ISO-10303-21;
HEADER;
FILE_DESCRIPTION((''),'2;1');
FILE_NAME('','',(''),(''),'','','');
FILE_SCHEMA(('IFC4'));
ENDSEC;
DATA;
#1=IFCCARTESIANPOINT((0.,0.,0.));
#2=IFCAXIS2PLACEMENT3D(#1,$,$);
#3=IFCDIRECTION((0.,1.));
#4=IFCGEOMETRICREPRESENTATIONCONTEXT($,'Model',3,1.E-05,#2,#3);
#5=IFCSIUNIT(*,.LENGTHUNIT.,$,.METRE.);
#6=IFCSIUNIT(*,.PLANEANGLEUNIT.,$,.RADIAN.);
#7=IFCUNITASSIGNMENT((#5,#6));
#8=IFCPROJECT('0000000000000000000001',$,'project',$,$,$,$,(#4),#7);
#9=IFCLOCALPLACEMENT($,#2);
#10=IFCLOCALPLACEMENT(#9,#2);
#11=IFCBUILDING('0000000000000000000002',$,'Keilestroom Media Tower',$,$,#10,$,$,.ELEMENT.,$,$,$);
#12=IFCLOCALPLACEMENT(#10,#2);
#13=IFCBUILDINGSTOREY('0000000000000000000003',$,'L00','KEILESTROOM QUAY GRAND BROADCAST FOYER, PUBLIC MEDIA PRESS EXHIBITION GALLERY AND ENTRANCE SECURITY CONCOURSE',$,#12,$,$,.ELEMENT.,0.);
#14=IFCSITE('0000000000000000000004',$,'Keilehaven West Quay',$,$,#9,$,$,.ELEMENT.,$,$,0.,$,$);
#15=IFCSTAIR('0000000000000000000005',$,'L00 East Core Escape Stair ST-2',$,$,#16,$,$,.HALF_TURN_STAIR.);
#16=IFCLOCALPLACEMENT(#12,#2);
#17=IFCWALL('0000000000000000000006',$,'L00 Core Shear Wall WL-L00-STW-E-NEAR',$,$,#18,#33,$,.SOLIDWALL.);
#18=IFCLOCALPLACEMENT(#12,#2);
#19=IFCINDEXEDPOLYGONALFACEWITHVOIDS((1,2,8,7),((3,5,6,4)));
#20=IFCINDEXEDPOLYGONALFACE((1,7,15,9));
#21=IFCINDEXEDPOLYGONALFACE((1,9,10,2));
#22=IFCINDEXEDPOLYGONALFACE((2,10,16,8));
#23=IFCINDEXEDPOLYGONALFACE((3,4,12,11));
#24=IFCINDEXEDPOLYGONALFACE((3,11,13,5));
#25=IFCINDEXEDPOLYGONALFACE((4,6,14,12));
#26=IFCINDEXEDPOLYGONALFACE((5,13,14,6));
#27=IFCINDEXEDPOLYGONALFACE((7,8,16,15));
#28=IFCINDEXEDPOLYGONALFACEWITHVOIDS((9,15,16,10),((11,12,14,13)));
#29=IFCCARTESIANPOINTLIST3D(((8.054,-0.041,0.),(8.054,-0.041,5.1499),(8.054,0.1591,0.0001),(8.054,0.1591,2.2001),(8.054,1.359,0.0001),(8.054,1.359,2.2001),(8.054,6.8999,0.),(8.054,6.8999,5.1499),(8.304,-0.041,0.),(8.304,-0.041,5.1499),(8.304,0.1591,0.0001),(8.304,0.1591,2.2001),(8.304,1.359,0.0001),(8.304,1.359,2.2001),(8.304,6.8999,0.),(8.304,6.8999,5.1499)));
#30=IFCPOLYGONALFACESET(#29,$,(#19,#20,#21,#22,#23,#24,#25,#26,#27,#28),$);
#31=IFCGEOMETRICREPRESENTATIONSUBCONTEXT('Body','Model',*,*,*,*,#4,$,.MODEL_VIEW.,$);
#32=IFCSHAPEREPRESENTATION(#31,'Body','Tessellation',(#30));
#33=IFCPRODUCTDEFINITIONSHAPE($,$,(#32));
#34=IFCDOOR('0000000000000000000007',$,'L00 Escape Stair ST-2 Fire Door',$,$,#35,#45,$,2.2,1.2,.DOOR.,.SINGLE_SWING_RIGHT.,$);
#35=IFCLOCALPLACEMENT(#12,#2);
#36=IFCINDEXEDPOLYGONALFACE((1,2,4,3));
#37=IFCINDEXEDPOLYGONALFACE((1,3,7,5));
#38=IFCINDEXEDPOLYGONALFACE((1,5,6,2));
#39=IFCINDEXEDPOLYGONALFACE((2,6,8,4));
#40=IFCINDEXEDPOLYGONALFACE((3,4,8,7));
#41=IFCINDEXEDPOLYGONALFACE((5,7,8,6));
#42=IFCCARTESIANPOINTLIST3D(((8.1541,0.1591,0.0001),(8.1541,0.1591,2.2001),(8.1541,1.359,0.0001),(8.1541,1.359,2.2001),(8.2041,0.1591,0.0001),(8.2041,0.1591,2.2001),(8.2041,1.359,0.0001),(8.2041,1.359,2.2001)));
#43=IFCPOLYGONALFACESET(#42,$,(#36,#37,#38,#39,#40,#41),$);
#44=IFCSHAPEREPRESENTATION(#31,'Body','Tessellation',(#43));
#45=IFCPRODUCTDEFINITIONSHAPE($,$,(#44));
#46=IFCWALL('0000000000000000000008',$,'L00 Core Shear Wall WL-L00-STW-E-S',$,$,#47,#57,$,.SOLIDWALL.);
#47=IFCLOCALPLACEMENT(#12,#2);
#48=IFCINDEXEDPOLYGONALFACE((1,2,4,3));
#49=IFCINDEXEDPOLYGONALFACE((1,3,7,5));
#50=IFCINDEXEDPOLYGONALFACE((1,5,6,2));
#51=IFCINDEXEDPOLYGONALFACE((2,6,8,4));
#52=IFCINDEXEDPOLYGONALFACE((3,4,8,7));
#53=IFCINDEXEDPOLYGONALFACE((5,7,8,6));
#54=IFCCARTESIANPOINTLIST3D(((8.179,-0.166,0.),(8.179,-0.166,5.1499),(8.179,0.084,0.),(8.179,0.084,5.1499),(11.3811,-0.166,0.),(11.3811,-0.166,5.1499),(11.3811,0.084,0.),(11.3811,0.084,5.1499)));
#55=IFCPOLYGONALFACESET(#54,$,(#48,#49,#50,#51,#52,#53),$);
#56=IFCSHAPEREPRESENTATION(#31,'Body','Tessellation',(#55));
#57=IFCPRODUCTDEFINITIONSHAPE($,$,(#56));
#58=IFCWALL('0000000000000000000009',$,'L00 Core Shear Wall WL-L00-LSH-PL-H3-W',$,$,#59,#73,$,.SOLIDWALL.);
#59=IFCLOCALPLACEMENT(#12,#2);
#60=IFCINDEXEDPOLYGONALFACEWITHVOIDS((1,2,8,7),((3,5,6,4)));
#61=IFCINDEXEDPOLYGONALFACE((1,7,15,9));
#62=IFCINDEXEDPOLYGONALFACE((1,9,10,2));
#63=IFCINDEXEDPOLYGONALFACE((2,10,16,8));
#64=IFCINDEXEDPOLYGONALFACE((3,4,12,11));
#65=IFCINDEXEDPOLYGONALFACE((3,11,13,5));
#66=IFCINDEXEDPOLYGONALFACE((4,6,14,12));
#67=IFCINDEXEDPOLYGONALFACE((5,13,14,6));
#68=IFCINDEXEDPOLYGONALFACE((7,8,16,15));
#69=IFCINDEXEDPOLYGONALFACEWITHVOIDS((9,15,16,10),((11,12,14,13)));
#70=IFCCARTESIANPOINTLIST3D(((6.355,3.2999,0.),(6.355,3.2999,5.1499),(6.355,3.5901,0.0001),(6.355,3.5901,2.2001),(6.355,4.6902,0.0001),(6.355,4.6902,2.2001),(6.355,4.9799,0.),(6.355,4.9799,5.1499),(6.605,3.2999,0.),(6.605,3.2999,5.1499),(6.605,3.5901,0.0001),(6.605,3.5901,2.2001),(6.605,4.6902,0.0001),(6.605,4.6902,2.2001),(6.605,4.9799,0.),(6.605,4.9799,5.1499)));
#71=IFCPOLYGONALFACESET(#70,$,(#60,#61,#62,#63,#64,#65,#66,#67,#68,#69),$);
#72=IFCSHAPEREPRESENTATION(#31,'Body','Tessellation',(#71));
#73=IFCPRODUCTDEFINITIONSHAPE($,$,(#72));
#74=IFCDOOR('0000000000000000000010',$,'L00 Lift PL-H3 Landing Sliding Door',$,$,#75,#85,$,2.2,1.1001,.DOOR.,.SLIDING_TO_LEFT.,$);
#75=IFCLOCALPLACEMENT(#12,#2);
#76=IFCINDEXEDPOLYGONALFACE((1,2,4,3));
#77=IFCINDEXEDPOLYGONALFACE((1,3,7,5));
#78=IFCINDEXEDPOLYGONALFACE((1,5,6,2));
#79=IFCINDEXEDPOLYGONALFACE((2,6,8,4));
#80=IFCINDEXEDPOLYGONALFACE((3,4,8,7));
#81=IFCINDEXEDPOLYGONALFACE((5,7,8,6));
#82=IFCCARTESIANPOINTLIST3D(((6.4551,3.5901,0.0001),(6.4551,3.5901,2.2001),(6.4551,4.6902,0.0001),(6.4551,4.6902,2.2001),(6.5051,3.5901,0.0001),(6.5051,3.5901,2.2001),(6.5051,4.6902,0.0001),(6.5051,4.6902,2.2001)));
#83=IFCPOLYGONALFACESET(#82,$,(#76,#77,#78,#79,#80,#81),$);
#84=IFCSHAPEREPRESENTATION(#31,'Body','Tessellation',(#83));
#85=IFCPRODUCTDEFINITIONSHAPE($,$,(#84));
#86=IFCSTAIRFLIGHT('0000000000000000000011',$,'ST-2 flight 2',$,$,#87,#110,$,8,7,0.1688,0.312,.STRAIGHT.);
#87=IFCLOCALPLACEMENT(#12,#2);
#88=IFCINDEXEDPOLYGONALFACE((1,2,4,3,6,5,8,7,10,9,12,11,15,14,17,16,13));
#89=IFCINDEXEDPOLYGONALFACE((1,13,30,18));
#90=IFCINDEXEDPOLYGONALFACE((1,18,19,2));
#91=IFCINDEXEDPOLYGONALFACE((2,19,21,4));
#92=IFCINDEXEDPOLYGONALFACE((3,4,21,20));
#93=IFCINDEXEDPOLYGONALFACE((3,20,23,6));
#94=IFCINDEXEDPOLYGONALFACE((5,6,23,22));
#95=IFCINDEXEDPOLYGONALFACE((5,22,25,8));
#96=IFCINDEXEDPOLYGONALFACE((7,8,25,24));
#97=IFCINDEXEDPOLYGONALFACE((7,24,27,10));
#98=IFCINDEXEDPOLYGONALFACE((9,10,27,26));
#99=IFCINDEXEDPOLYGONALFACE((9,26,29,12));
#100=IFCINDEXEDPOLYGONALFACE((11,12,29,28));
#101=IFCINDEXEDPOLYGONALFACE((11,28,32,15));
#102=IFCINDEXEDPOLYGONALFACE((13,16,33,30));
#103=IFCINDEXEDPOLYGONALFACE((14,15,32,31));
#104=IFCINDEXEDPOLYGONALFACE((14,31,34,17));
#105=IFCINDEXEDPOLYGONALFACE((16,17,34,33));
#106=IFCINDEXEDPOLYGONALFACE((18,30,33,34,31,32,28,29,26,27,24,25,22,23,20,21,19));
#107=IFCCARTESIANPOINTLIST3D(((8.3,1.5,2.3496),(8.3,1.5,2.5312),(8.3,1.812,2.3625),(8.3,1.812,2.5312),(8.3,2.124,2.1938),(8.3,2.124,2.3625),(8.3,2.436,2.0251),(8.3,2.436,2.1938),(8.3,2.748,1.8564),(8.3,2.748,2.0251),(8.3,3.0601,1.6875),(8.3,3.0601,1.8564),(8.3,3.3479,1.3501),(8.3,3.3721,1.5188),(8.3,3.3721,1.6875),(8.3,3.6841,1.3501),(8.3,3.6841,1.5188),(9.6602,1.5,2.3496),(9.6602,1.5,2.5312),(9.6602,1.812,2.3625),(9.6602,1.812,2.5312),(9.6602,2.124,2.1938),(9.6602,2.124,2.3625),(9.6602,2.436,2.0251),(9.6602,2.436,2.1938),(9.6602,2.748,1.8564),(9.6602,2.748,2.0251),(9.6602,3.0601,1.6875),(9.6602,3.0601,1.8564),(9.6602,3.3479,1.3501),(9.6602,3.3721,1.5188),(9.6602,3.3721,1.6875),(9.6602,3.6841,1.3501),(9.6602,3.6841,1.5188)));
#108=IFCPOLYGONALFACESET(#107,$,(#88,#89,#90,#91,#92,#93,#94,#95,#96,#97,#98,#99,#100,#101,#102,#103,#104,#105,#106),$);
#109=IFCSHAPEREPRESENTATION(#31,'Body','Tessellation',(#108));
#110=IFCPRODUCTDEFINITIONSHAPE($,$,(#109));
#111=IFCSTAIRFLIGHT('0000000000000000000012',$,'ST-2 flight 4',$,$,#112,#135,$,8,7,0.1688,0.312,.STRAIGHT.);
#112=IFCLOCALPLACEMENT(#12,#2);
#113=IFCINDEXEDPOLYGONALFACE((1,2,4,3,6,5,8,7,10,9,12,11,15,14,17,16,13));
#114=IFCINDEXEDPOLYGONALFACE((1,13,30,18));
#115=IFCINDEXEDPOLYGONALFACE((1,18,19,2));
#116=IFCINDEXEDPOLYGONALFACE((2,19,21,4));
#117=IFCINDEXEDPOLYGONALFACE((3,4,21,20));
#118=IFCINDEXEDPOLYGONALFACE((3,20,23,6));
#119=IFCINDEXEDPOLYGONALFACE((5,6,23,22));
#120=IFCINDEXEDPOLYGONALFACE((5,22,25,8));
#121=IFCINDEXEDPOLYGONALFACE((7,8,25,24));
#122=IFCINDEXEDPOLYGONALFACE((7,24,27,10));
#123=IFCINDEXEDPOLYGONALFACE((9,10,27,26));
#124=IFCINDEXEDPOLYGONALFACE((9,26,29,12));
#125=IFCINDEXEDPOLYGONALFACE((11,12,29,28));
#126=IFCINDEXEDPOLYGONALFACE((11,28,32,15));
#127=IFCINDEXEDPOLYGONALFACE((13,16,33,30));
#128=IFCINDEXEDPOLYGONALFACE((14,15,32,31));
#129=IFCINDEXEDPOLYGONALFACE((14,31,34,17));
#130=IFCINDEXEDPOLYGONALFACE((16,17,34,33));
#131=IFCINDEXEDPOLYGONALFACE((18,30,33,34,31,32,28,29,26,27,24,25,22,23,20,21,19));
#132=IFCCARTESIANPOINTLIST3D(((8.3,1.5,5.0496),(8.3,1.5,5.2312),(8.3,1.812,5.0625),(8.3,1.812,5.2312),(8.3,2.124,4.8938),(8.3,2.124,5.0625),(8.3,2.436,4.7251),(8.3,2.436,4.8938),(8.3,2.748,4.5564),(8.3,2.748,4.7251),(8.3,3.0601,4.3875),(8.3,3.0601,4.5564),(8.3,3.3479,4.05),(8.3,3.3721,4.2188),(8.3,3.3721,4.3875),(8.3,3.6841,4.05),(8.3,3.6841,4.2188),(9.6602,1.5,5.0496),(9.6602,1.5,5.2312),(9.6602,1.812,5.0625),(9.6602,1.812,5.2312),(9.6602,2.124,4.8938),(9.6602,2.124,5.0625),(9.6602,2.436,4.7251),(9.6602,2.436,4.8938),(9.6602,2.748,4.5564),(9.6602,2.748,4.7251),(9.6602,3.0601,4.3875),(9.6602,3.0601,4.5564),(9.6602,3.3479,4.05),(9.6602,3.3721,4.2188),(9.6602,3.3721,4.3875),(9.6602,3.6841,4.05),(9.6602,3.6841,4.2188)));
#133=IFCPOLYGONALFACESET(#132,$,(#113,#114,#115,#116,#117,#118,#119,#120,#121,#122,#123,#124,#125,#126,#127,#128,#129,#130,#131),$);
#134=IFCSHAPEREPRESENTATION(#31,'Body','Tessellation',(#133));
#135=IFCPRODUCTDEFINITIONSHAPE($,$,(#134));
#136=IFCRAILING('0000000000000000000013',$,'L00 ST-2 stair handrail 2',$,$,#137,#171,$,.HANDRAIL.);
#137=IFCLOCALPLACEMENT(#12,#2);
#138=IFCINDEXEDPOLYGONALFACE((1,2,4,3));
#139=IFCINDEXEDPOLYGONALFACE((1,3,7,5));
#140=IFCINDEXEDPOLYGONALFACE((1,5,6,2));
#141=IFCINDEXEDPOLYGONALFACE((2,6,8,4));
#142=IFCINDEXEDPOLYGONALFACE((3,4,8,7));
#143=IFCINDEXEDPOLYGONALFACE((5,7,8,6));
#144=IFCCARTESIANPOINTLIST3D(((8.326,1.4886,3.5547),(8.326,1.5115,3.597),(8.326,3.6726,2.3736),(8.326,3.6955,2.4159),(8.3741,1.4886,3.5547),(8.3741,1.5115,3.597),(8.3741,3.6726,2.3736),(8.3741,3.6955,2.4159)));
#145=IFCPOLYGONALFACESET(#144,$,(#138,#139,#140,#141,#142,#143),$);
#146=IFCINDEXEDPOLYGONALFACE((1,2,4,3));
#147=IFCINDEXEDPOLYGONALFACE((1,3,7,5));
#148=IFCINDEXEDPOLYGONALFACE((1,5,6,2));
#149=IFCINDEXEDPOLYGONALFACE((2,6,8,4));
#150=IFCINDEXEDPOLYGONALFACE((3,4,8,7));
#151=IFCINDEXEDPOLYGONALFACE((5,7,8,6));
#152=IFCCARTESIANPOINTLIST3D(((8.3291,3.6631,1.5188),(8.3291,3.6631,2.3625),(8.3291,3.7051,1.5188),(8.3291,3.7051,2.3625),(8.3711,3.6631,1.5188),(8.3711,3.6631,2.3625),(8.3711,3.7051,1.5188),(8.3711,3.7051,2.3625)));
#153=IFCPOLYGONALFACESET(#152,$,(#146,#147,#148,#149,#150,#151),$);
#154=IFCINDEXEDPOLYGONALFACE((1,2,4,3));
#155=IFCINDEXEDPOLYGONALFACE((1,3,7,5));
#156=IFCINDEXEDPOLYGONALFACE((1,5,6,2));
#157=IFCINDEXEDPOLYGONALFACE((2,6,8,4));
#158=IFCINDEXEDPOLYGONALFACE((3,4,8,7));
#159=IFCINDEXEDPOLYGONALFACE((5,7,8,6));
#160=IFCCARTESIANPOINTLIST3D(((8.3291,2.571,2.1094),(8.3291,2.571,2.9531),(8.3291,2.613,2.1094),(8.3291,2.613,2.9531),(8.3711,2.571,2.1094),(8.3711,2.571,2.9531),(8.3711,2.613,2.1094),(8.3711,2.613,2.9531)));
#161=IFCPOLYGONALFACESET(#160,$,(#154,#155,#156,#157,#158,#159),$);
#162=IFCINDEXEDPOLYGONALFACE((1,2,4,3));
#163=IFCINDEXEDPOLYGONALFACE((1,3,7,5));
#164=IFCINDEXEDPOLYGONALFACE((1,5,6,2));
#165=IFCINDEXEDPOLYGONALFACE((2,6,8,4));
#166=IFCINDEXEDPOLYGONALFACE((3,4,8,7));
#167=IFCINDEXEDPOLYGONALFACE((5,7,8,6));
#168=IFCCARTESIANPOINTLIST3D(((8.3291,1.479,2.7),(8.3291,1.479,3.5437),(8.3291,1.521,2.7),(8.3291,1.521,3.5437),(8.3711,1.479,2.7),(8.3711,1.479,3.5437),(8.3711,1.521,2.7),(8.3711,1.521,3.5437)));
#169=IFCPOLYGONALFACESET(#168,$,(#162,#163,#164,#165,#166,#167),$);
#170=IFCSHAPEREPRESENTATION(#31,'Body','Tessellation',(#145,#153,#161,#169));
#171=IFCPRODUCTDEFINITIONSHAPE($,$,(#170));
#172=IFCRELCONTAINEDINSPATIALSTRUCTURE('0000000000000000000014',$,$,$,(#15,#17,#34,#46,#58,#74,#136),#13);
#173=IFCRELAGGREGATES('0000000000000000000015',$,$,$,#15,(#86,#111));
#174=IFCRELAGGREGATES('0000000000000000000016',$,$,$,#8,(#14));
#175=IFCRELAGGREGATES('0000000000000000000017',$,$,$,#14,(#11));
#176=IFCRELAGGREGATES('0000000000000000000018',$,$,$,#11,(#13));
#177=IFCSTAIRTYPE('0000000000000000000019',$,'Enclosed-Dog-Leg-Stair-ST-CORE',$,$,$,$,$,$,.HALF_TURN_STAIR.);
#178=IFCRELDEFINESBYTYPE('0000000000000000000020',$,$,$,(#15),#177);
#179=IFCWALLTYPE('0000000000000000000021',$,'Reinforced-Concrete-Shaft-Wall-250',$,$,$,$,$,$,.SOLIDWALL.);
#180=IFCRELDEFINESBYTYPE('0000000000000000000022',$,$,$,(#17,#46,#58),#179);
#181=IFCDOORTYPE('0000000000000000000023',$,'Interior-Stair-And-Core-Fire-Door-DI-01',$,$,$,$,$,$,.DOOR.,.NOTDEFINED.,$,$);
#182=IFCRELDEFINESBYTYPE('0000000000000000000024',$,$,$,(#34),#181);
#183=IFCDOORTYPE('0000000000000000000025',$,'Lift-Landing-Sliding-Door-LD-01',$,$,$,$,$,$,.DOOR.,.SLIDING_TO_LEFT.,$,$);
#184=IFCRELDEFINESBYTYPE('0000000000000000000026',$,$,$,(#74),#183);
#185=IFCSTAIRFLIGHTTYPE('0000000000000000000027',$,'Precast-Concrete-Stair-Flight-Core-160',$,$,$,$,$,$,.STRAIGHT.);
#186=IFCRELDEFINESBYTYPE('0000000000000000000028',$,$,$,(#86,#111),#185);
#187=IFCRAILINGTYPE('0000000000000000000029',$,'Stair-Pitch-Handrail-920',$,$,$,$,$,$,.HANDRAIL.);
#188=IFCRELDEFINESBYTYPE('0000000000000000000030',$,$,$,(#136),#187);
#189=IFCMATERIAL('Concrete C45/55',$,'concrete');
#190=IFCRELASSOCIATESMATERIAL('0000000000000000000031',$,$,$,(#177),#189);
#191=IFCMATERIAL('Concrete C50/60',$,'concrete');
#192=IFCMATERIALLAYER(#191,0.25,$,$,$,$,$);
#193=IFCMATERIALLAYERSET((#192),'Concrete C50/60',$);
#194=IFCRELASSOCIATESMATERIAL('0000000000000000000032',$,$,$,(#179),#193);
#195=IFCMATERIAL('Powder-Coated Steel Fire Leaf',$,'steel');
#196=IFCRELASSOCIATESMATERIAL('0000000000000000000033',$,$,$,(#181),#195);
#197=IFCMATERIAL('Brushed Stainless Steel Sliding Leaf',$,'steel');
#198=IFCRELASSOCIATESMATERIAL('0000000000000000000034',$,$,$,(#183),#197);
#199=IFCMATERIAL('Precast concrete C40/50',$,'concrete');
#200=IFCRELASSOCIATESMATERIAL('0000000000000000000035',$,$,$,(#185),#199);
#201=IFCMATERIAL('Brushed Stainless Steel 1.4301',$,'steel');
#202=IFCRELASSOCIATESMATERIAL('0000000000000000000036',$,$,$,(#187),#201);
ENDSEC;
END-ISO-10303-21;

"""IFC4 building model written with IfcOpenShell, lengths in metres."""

from ifc_helpers import new_model, si_unit, direction, frame, frame_2d, origin, origin_2d, place, context, subcontext, project, spatial, polyline, rectangle, outline, extrude, source, transform, mapped, material, layer, layer_set, type_object, element, fill, aggregate, save


model = new_model("IFC4")

# Units and contexts
model_context = context("Model", 3, precision=1e-05, world=origin(), true_north=direction((0.0, 1.0)))
body_context = subcontext(model_context, "Body", "Model", "MODEL_VIEW")
ifc_project = project(units=[si_unit("LENGTHUNIT", "METRE"), si_unit("PLANEANGLEUNIT", "RADIAN")], contexts=[model_context])

# Site, building, storey
site_placement = place(None, origin())
site = spatial("IfcSite", under=ifc_project, at=site_placement, Name="Keilehaven West Quay", CompositionType="ELEMENT", RefElevation=0.0)
building_placement = place(site_placement, origin())
building = spatial("IfcBuilding", under=site, at=building_placement, Name="Keilestroom Media Tower", CompositionType="ELEMENT")
storey_placement = place(building_placement, origin())
storey = spatial("IfcBuildingStorey", under=building, at=storey_placement, Name="L00", Description="KEILESTROOM QUAY GRAND BROADCAST FOYER, PUBLIC MEDIA PRESS EXHIBITION GALLERY AND ENTRANCE SECURITY CONCOURSE", CompositionType="ELEMENT", Elevation=0.0)

# Stair
ifc_material_1 = material(Name="Concrete C45/55", Category="concrete")
stair_type_1 = type_object("IfcStairType", Name="Enclosed-Dog-Leg-Stair-ST-CORE", PredefinedType="HALF_TURN_STAIR", material=ifc_material_1)
stair_1_placement = place(storey_placement, origin())
stair_1 = element("IfcStair", 1, at=stair_1_placement, inside=storey, type_object=stair_type_1, Name="L00 East Core Escape Stair ST-2", PredefinedType="HALF_TURN_STAIR")

# Shared definitions
ifc_material_2 = material(Name="Concrete C50/60", Category="concrete")
ifc_layer_1 = layer(ifc_material_2, 0.25)
ifc_layer_set_1 = layer_set([ifc_layer_1], Name="Concrete C50/60")
wall_type_1 = type_object("IfcWallType", Name="Reinforced-Concrete-Shaft-Wall-250", PredefinedType="SOLIDWALL", material=ifc_layer_set_1)

# Wall, opening, door
wall_1_placement = place(storey_placement, frame((8.179, -0.041, 0.0), z_axis=(0.0, 0.0, 1.0), x_axis=(0.0, 1.0, 0.0)))
wall_1 = element("IfcWall", 2, at=wall_1_placement, inside=storey, type_object=wall_type_1, Name="L00 Core Shear Wall WL-L00-STW-E-NEAR", PredefinedType="SOLIDWALL", context=body_context, shape_type="SweptSolid", body=[
    extrude(rectangle(XDim=6.9409, YDim=0.25, at=frame_2d((3.4705, 0.0))), origin(), (0.0, 0.0, 1.0), 5.1499),
])
opening_1_placement = place(wall_1_placement, frame((0.2, 0.0, 0.0)))
opening_1 = element("IfcOpeningElement", 3, at=opening_1_placement, cuts=wall_1, PredefinedType="OPENING", context=body_context, shape_type="SweptSolid", body=[
    extrude(rectangle(XDim=1.2, YDim=2.2, at=frame_2d((0.6001, 1.1001))), frame((0.0, 0.135, 0.0), z_axis=(0.0, -1.0, 0.0), x_axis=(1.0, 0.0, 0.0)), (0.0, 0.0, 1.0), 0.27),
])
ifc_material_3 = material(Name="Powder-Coated Steel Fire Leaf", Category="steel")
door_type_1 = type_object("IfcDoorType", Name="Interior-Stair-And-Core-Fire-Door-DI-01", OperationType="NOTDEFINED", PredefinedType="DOOR", material=ifc_material_3)
shared_shape_1 = source(origin(), body_context, "Body", "SweptSolid", [
    extrude(rectangle(XDim=1.2, YDim=2.2, at=frame_2d((0.6001, 1.1001))), frame((0.0, 0.0249, 0.0), z_axis=(0.0, -1.0, 0.0), x_axis=(1.0, 0.0, 0.0)), (0.0, 0.0, 1.0), 0.05),
])
door_1_placement = place(opening_1_placement, origin())
door_1 = element("IfcDoor", 4, at=door_1_placement, inside=storey, type_object=door_type_1, Name="L00 Escape Stair ST-2 Fire Door", OperationType="SINGLE_SWING_RIGHT", OverallHeight=2.2, OverallWidth=1.2, PredefinedType="DOOR", context=body_context, shape_type="MappedRepresentation", body=[
    mapped(shared_shape_1, transform((0.0, 0.0, 0.0), x_axis=(1.0, 0.0, 0.0), y_axis=(0.0, 1.0, 0.0), z_axis=(0.0, 0.0, 1.0), scale=1.0)),
])
fill(opening_1, door_1)

# Wall
wall_2_placement = place(storey_placement, frame((8.179, -0.041, 0.0), z_axis=(0.0, 0.0, 1.0), x_axis=(1.0, 0.0, 0.0)))
element("IfcWall", 5, at=wall_2_placement, inside=storey, type_object=wall_type_1, Name="L00 Core Shear Wall WL-L00-STW-E-S", PredefinedType="SOLIDWALL", context=body_context, shape_type="SweptSolid", body=[
    extrude(rectangle(XDim=3.2021, YDim=0.25, at=frame_2d((1.6011, 0.0))), origin(), (0.0, 0.0, 1.0), 5.1499),
])

# Wall, opening, door
wall_3_placement = place(storey_placement, frame((6.48, 3.3, 0.0), z_axis=(0.0, 0.0, 1.0), x_axis=(0.0, 1.0, 0.0)))
wall_3 = element("IfcWall", 6, at=wall_3_placement, inside=storey, type_object=wall_type_1, Name="L00 Core Shear Wall WL-L00-LSH-PL-H3-W", PredefinedType="SOLIDWALL", context=body_context, shape_type="SweptSolid", body=[
    extrude(rectangle(XDim=1.6799, YDim=0.25, at=frame_2d((0.8398, 0.0))), origin(), (0.0, 0.0, 1.0), 5.1499),
])
opening_2_placement = place(wall_3_placement, frame((0.29, 0.0, 0.0)))
opening_2 = element("IfcOpeningElement", 7, at=opening_2_placement, cuts=wall_3, PredefinedType="OPENING", context=body_context, shape_type="SweptSolid", body=[
    extrude(rectangle(XDim=1.1001, YDim=2.2, at=frame_2d((0.55, 1.1001))), frame((0.0, 0.135, 0.0), z_axis=(0.0, -1.0, 0.0), x_axis=(1.0, 0.0, 0.0)), (0.0, 0.0, 1.0), 0.27),
])
ifc_material_4 = material(Name="Brushed Stainless Steel Sliding Leaf", Category="steel")
door_type_2 = type_object("IfcDoorType", Name="Lift-Landing-Sliding-Door-LD-01", OperationType="SLIDING_TO_LEFT", PredefinedType="DOOR", material=ifc_material_4)
shared_shape_2 = source(origin(), body_context, "Body", "SweptSolid", [
    extrude(rectangle(XDim=1.1001, YDim=2.2, at=frame_2d((0.55, 1.1001))), frame((0.0, 0.0249, 0.0), z_axis=(0.0, -1.0, 0.0), x_axis=(1.0, 0.0, 0.0)), (0.0, 0.0, 1.0), 0.05),
])
door_2_placement = place(opening_2_placement, origin())
door_2 = element("IfcDoor", 8, at=door_2_placement, inside=storey, type_object=door_type_2, Name="L00 Lift PL-H3 Landing Sliding Door", OperationType="SLIDING_TO_LEFT", OverallHeight=2.2, OverallWidth=1.1001, PredefinedType="DOOR", context=body_context, shape_type="MappedRepresentation", body=[
    mapped(shared_shape_2, transform((0.0, 0.0, 0.0), x_axis=(1.0, 0.0, 0.0), y_axis=(0.0, 1.0, 0.0), z_axis=(0.0, 0.0, 1.0), scale=1.0)),
])
fill(opening_2, door_2)

# Stair flights
ifc_material_5 = material(Name="Precast concrete C40/50", Category="concrete")
stair_flight_type = type_object("IfcStairFlightType", Name="Precast-Concrete-Stair-Flight-Core-160", PredefinedType="STRAIGHT", material=ifc_material_5)
stair_flight_1_placement = place(storey_placement, frame((8.98, 3.6841, 1.3501), z_axis=(0.0, 0.0, 1.0), x_axis=(0.0, -1.0, 0.0)))
stair_flight_1 = element("IfcStairFlight", 9, at=stair_flight_1_placement, type_object=stair_flight_type, Name="ST-2 flight 2", NumberOfRisers=8, NumberOfTreads=7, PredefinedType="STRAIGHT", RiserHeight=0.1688, TreadLength=0.312, context=body_context, shape_type="SweptSolid", body=[
    extrude(outline(polyline([(0.0, 0.0), (0.0, 0.1687), (0.312, 0.1687), (0.312, 0.3374), (0.624, 0.3374), (0.624, 0.5063), (0.936, 0.5063), (0.936, 0.675), (1.248, 0.675), (1.248, 0.8438), (1.5601, 0.8438), (1.5601, 1.0125), (1.8721, 1.0125), (1.8721, 1.1812), (2.1841, 1.1812), (2.1841, 1.3501), (2.1841, 0.9995), (0.3362, 0.0), (0.0, 0.0)])), frame((0.0, 0.6802, 0.0), z_axis=(0.0, -1.0, 0.0), x_axis=(1.0, 0.0, 0.0)), (0.0, 0.0, 1.0), 1.3601),
])
stair_flight_2_placement = place(storey_placement, frame((8.98, 3.6841, 4.05), z_axis=(0.0, 0.0, 1.0), x_axis=(0.0, -1.0, 0.0)))
stair_flight_2 = element("IfcStairFlight", 10, at=stair_flight_2_placement, type_object=stair_flight_type, Name="ST-2 flight 4", NumberOfRisers=8, NumberOfTreads=7, PredefinedType="STRAIGHT", RiserHeight=0.1688, TreadLength=0.312, context=body_context, shape_type="SweptSolid", body=[
    extrude(outline(polyline([(0.0, 0.0), (0.0, 0.1687), (0.312, 0.1687), (0.312, 0.3374), (0.624, 0.3374), (0.624, 0.5063), (0.936, 0.5063), (0.936, 0.675), (1.248, 0.675), (1.248, 0.8438), (1.5601, 0.8438), (1.5601, 1.0125), (1.8721, 1.0125), (1.8721, 1.1812), (2.1841, 1.1812), (2.1841, 1.3501), (2.1841, 0.9995), (0.3362, 0.0), (0.0, 0.0)])), frame((0.0, 0.6802, 0.0), z_axis=(0.0, -1.0, 0.0), x_axis=(1.0, 0.0, 0.0)), (0.0, 0.0, 1.0), 1.3601),
])
aggregate(stair_1, [stair_flight_1, stair_flight_2])

# Railing
ifc_material_6 = material(Name="Brushed Stainless Steel 1.4301", Category="steel")
railing_type_1 = type_object("IfcRailingType", Name="Stair-Pitch-Handrail-920", PredefinedType="HANDRAIL", material=ifc_material_6)
for number, where, name in (
    (11, (8.3501, 3.6841, 1.5188), "L00 ST-2 stair handrail 2"),
):
    element("IfcRailing", number, at=place(storey_placement, frame(where)), inside=storey, type_object=railing_type_1, Name=name, PredefinedType="HANDRAIL", context=body_context, shape_type="SweptSolid", body=[
        extrude(rectangle(XDim=0.0481, YDim=0.0481, at=origin_2d()), frame((0.0, 0.0, 0.876), z_axis=(0.0, -0.879611, 0.475694), x_axis=(1.0, 0.0, 0.0)), (0.0, 0.0, 1.0), 2.4829),
        extrude(rectangle(XDim=0.042, YDim=0.042, at=origin_2d()), origin(), (0.0, 0.0, 1.0), 0.8438),
        extrude(rectangle(XDim=0.042, YDim=0.042, at=origin_2d()), frame((0.0, -1.092, 0.5906)), (0.0, 0.0, 1.0), 0.8438),
        extrude(rectangle(XDim=0.042, YDim=0.042, at=origin_2d()), frame((0.0, -2.1841, 1.1812)), (0.0, 0.0, 1.0), 0.8438),
    ])

save(model, "model.ifc")
